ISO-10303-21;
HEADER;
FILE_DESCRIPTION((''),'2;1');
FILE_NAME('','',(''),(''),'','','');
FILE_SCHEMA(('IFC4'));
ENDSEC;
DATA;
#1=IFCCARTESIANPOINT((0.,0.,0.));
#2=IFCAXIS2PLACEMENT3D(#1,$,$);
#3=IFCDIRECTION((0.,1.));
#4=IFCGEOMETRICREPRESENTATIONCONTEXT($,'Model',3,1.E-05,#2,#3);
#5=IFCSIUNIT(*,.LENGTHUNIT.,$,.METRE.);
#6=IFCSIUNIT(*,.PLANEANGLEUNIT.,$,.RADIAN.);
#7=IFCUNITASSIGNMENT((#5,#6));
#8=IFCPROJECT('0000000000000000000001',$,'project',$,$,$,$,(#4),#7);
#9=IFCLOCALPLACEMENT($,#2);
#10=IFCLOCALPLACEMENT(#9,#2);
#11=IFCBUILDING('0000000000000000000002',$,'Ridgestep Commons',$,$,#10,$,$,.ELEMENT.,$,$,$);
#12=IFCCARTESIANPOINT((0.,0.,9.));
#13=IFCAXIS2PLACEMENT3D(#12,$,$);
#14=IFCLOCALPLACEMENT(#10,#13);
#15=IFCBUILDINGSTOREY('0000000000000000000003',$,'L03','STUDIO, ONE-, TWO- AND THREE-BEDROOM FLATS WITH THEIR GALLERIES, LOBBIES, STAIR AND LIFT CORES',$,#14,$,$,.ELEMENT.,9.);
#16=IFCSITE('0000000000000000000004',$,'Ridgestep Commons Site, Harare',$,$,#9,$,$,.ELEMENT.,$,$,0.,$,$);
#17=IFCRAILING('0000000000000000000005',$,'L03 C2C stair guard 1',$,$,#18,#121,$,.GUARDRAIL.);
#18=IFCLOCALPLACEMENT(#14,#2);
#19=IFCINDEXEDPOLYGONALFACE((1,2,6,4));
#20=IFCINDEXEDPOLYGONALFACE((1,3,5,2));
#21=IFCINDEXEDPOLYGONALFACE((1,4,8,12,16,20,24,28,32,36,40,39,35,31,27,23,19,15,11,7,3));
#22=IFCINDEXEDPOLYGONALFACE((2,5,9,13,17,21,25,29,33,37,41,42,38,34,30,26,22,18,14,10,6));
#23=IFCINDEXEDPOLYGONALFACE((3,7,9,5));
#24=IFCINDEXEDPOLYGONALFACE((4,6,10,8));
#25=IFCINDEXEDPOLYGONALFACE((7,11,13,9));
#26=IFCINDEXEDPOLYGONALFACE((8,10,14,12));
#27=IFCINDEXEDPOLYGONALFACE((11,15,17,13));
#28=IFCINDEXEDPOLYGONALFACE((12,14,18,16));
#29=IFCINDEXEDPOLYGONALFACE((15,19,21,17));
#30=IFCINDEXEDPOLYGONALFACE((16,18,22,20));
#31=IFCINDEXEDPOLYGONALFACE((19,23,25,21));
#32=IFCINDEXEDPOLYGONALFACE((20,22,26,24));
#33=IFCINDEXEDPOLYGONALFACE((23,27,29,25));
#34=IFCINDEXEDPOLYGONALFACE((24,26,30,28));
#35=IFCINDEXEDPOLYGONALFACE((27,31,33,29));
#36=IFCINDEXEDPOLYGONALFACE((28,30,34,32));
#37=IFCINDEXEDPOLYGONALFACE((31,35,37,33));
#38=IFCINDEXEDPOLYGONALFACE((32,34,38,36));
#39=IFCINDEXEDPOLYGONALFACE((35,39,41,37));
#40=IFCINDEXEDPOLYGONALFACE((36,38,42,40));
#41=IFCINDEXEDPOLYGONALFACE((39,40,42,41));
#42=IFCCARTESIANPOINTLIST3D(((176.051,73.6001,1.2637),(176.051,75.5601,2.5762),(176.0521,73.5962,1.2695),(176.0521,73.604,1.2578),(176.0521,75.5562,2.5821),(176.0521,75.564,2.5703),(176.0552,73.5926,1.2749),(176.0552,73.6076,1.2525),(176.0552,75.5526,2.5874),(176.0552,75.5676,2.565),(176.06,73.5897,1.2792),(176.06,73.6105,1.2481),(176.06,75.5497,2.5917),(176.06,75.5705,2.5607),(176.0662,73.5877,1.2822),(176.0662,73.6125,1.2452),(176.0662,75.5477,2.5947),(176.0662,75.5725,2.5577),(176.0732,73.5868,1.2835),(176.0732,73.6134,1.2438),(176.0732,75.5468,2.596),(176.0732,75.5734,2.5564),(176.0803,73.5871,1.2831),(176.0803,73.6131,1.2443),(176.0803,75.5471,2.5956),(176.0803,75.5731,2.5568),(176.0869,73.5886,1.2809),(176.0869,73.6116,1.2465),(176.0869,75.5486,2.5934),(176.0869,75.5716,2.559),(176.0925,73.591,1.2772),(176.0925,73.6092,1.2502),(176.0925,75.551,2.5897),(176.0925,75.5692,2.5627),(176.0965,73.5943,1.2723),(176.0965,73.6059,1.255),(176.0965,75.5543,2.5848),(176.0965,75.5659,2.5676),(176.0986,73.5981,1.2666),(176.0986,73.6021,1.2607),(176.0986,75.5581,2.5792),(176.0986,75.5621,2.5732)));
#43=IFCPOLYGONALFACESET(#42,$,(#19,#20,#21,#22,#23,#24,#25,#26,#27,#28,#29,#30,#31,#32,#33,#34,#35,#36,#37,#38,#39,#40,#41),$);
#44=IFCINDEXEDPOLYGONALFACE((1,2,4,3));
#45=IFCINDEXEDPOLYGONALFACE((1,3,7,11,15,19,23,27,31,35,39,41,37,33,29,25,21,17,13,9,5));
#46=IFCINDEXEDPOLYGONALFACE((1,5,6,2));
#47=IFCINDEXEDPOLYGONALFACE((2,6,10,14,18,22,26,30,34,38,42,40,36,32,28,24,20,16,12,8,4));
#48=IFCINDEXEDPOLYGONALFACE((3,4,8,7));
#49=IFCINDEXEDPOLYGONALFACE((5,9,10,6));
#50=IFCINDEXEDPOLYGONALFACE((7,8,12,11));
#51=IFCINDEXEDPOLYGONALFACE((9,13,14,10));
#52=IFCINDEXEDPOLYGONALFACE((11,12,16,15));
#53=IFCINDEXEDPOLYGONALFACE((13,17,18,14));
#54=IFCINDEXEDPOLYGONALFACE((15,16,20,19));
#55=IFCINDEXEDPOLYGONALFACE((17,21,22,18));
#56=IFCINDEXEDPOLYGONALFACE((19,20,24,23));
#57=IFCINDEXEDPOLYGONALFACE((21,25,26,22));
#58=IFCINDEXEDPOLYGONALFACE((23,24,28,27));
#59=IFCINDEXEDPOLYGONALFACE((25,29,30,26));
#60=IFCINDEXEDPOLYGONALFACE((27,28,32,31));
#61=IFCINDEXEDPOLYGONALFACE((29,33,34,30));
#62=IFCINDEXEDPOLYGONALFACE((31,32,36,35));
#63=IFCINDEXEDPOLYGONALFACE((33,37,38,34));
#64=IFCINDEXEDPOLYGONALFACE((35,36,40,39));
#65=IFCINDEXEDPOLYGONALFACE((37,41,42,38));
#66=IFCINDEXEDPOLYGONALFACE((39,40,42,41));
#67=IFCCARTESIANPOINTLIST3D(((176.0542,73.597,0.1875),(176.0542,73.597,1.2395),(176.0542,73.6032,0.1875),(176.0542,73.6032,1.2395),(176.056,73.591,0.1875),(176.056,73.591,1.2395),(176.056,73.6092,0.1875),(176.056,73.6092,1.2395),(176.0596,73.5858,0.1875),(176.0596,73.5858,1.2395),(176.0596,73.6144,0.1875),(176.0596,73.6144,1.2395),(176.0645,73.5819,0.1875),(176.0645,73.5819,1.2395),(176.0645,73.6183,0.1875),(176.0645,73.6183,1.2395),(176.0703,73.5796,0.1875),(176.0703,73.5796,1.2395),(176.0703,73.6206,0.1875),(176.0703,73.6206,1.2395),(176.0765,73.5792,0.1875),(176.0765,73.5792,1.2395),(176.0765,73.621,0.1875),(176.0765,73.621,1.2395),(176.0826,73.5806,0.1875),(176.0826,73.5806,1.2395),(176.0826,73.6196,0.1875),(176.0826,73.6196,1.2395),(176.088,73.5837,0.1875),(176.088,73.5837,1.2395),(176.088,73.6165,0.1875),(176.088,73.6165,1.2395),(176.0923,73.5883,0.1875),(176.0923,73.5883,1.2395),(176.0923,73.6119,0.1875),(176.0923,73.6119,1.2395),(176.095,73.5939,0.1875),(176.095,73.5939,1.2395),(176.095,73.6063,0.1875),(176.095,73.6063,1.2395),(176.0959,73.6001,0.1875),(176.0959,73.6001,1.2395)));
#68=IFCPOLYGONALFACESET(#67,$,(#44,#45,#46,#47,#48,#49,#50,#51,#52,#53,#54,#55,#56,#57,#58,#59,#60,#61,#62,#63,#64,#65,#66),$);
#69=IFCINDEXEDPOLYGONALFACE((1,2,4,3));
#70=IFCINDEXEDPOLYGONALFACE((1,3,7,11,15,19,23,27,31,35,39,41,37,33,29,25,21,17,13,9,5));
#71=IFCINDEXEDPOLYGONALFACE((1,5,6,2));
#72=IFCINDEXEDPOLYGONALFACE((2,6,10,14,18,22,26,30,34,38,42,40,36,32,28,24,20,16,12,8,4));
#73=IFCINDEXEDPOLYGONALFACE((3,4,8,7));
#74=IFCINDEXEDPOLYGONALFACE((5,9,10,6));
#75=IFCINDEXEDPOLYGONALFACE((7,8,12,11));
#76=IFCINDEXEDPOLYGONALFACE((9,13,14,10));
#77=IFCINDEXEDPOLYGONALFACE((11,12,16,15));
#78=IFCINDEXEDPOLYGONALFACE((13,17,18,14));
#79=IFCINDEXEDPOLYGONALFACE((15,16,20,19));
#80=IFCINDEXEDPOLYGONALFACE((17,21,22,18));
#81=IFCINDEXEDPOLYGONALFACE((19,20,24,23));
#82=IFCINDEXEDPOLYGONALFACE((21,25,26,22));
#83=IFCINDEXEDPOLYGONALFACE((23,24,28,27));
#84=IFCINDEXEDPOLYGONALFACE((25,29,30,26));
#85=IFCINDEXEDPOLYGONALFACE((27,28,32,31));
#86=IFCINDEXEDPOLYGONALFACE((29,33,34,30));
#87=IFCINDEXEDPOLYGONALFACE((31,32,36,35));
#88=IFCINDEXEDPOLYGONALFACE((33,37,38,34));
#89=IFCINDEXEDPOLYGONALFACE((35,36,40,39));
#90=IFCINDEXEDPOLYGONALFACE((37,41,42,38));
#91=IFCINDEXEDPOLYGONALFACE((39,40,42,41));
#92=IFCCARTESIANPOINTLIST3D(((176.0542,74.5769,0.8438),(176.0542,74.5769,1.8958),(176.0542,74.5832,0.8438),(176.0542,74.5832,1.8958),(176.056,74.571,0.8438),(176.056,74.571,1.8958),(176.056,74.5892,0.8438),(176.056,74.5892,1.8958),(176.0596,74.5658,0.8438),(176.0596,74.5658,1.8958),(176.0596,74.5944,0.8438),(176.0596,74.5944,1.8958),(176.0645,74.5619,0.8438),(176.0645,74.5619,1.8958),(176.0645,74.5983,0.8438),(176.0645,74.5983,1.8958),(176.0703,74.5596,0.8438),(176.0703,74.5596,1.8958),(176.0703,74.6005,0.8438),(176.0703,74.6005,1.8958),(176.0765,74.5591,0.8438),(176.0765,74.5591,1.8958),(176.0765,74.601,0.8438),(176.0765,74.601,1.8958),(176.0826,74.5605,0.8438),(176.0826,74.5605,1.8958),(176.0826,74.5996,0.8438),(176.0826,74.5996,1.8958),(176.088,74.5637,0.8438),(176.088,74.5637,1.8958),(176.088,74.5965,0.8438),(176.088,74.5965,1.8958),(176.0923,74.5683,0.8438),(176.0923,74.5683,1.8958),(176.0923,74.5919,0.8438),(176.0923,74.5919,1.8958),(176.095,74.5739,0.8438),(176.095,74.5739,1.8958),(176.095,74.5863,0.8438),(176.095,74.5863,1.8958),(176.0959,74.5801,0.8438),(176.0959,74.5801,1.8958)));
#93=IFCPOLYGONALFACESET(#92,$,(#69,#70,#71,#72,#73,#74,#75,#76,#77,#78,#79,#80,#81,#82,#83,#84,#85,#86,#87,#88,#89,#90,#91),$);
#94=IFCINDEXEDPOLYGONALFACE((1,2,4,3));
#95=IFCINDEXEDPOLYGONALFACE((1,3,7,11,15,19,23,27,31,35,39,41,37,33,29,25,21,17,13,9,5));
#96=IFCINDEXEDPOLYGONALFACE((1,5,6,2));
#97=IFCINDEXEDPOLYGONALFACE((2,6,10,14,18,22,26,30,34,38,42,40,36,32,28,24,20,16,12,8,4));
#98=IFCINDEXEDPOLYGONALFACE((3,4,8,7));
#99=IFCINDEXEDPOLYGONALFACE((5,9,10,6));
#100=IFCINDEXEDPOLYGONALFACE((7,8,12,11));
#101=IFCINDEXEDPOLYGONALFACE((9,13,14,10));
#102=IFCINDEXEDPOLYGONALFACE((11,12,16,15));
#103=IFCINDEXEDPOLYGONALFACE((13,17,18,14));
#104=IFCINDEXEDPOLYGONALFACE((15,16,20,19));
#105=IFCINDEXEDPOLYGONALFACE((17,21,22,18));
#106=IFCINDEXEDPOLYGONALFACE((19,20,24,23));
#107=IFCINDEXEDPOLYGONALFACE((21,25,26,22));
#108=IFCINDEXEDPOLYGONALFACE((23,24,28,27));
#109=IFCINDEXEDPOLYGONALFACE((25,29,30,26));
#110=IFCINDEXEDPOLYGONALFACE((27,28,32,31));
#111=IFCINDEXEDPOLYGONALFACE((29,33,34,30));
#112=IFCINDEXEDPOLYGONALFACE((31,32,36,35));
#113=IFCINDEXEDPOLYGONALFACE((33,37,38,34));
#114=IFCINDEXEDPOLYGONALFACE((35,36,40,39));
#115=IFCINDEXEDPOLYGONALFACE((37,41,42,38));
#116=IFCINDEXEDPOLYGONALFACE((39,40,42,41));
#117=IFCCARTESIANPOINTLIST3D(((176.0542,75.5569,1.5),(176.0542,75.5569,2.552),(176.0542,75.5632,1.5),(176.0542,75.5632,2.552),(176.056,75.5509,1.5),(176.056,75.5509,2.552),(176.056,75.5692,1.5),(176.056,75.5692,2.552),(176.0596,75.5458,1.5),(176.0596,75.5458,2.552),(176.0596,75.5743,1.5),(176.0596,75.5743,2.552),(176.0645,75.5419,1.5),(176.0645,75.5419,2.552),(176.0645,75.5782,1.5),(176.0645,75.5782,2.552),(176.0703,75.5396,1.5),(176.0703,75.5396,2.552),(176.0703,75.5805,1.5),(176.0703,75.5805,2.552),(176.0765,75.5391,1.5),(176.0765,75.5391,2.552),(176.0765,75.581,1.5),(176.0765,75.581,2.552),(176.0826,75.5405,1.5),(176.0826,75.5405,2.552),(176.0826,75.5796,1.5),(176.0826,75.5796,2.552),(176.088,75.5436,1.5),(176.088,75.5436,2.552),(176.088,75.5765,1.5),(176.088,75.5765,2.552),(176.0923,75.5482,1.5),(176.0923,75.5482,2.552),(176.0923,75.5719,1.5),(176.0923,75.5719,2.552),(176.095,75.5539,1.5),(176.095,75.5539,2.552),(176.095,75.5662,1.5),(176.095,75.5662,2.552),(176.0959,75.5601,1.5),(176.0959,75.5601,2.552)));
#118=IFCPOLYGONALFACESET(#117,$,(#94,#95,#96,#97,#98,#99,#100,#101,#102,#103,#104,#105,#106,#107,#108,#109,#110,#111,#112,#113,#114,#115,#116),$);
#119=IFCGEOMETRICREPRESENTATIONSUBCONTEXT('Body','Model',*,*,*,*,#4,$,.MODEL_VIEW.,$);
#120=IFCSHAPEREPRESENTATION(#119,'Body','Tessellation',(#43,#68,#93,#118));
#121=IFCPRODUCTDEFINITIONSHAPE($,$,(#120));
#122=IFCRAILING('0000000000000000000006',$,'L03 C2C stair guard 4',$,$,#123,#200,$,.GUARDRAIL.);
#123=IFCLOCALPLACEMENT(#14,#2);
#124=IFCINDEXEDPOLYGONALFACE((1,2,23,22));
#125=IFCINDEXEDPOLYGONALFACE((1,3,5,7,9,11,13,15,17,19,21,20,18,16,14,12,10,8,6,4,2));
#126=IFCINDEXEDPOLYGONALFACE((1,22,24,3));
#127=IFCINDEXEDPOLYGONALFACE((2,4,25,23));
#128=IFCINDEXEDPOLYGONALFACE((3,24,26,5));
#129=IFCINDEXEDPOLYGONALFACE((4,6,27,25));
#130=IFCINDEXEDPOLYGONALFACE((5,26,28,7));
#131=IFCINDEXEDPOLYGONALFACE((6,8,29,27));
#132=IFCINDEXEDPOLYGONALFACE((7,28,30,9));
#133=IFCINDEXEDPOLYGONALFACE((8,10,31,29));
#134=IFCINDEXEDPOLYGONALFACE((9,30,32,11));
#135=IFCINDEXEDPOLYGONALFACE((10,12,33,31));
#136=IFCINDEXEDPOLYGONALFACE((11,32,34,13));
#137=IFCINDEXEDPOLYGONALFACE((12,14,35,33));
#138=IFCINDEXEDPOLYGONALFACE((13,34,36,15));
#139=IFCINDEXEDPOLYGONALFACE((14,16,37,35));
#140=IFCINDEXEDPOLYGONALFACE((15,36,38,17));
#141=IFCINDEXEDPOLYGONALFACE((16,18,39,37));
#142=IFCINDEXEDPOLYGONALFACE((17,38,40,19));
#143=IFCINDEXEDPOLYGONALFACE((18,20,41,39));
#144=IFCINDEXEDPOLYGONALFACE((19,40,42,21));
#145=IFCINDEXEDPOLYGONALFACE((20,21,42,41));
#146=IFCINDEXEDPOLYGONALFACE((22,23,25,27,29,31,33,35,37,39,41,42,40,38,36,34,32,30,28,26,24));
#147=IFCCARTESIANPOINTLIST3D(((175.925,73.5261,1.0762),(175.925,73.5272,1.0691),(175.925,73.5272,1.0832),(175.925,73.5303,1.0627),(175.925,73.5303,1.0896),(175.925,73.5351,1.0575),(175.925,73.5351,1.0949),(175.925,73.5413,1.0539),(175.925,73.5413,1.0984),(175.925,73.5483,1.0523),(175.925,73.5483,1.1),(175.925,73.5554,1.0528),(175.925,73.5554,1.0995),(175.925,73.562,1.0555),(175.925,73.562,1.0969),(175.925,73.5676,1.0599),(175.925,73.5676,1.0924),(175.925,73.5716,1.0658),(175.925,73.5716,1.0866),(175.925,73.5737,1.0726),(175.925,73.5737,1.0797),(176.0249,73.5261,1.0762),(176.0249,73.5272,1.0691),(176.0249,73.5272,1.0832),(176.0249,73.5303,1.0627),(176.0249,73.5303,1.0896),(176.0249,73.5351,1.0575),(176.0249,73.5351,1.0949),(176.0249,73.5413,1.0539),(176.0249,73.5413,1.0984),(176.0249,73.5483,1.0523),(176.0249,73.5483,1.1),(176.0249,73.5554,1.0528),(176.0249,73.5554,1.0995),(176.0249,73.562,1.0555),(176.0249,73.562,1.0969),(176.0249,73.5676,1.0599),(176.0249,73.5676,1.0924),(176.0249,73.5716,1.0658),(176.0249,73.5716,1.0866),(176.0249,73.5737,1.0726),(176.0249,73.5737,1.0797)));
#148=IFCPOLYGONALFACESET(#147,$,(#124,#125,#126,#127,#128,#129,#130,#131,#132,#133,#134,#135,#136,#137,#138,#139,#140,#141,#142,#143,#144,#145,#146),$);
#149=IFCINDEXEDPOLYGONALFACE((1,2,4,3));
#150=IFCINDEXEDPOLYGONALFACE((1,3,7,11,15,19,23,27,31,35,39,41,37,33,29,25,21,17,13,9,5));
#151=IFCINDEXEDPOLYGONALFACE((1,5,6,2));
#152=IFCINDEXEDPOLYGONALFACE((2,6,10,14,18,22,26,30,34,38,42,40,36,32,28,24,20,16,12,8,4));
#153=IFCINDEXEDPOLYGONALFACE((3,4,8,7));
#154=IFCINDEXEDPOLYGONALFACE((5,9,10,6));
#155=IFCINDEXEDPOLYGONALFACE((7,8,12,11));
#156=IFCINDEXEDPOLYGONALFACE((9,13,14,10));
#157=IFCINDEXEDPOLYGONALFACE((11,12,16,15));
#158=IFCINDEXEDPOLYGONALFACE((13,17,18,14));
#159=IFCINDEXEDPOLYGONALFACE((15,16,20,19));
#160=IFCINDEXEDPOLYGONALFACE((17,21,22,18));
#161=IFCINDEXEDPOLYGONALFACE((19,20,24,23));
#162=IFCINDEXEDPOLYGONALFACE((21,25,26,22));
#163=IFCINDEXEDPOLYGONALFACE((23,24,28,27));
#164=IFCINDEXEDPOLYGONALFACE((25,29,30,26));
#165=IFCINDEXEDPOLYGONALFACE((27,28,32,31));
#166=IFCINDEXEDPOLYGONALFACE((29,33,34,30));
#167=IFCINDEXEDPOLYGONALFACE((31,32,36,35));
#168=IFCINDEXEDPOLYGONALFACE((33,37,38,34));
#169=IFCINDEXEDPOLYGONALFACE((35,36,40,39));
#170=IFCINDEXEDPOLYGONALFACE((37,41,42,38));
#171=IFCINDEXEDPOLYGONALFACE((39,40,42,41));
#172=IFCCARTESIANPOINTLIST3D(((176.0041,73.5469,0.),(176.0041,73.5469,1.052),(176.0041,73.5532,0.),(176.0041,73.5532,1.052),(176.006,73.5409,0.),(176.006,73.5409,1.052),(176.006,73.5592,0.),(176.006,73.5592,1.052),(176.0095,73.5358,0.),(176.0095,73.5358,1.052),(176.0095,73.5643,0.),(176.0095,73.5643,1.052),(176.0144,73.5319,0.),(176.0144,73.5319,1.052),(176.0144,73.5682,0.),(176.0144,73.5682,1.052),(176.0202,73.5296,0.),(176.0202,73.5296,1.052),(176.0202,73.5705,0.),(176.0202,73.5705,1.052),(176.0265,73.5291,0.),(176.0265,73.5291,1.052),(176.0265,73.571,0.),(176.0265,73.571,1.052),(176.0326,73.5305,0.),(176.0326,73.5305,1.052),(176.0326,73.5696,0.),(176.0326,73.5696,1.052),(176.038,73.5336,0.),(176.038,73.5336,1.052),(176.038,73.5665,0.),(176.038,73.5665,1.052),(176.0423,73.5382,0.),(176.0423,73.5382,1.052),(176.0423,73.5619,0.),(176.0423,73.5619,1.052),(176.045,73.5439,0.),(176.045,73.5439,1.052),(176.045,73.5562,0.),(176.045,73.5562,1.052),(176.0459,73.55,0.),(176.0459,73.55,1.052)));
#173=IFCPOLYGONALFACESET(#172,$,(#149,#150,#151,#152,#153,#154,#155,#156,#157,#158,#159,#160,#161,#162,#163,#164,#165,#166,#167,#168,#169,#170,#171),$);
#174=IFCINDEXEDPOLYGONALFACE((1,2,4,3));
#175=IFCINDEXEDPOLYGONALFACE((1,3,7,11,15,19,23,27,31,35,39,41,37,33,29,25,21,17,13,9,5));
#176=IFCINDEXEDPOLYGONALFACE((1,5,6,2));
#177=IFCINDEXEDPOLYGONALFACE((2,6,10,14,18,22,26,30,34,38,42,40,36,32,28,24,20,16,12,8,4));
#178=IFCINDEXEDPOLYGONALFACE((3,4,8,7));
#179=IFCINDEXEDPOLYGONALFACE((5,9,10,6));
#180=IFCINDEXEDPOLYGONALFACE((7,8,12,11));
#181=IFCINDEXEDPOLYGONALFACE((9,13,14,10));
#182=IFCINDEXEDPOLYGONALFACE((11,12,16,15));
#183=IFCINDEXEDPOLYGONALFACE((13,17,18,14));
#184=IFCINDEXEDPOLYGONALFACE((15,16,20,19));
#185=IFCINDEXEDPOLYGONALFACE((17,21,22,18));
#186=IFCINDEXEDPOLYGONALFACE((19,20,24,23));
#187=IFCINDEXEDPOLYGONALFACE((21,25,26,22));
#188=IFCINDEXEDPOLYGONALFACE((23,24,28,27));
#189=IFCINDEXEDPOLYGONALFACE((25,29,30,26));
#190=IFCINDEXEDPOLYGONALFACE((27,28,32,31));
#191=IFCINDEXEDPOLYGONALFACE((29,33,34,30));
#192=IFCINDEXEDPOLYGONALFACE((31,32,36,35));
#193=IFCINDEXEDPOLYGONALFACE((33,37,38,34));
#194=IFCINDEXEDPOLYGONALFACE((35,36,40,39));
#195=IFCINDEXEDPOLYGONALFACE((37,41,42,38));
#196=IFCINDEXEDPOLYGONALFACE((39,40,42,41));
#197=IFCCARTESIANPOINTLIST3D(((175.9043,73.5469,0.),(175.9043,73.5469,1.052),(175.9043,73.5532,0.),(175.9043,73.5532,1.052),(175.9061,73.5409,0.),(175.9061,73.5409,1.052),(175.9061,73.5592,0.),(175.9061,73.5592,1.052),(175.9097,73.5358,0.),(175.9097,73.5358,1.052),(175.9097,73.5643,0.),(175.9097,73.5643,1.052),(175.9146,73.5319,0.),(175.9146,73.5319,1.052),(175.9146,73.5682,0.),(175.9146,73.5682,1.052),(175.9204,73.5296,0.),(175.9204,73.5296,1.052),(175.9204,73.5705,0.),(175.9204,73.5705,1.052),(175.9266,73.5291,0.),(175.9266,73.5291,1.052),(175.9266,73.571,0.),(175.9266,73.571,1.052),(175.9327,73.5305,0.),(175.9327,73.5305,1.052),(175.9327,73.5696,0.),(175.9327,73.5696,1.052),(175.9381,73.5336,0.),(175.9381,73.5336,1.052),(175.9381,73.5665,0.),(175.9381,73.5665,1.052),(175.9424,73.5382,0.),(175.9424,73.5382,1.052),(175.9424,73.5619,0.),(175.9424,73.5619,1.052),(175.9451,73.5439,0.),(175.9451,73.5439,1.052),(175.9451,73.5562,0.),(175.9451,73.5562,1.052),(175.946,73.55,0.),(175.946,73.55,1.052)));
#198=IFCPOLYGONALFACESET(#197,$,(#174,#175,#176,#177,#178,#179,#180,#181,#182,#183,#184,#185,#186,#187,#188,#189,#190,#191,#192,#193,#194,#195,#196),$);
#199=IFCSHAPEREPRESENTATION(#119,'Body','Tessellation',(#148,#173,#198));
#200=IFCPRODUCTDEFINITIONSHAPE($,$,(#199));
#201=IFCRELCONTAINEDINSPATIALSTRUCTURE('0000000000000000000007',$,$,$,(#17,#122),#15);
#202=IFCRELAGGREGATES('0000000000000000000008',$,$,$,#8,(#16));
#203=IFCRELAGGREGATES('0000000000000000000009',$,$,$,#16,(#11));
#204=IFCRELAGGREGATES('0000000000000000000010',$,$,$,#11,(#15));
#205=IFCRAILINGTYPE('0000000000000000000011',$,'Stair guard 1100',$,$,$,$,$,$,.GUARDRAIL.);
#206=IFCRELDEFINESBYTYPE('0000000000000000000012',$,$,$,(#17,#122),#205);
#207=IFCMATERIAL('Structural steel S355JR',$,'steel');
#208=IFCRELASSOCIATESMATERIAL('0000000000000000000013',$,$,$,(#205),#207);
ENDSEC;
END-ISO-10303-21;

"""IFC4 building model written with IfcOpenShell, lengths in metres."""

from ifc_helpers import new_model, si_unit, direction, frame, origin, origin_2d, place, context, subcontext, project, spatial, circle, extrude, material, type_object, element, save


model = new_model("IFC4")

# Units and contexts
model_context = context("Model", 3, precision=1e-05, world=origin(), true_north=direction((0.0, 1.0)))
body_context = subcontext(model_context, "Body", "Model", "MODEL_VIEW")
ifc_project = project(units=[si_unit("LENGTHUNIT", "METRE"), si_unit("PLANEANGLEUNIT", "RADIAN")], contexts=[model_context])

# Site, building, storey
site_placement = place(None, origin())
site = spatial("IfcSite", under=ifc_project, at=site_placement, Name="Ridgestep Commons Site, Harare", CompositionType="ELEMENT", RefElevation=0.0)
building_placement = place(site_placement, origin())
building = spatial("IfcBuilding", under=site, at=building_placement, Name="Ridgestep Commons", CompositionType="ELEMENT")
storey_placement = place(building_placement, frame((0.0, 0.0, 9.0)))
storey = spatial("IfcBuildingStorey", under=building, at=storey_placement, Name="L03", Description="STUDIO, ONE-, TWO- AND THREE-BEDROOM FLATS WITH THEIR GALLERIES, LOBBIES, STAIR AND LIFT CORES", CompositionType="ELEMENT", Elevation=9.0)

# Railings
ifc_material_1 = material(Name="Structural steel S355JR", Category="steel")
railing_type_1 = type_object("IfcRailingType", Name="Stair guard 1100", PredefinedType="GUARDRAIL", material=ifc_material_1)
railing_1_placement = place(storey_placement, frame((176.075, 73.6001, 0.1875)))
element("IfcRailing", 1, at=railing_1_placement, inside=storey, type_object=railing_type_1, Name="L03 C2C stair guard 1", PredefinedType="GUARDRAIL", context=body_context, shape_type="SweptSolid", body=[
    extrude(circle(Radius=0.0239, at=origin_2d()), frame((0.0, 0.0, 1.0762), z_axis=(0.0, 0.830902, 0.556419), x_axis=(-1.0, 0.0, 0.0)), (0.0, 0.0, 1.0), 2.3589),
    extrude(circle(Radius=0.021, at=origin_2d()), origin(), (0.0, 0.0, 1.0), 1.052),
    extrude(circle(Radius=0.021, at=origin_2d()), frame((0.0, 0.98, 0.6562)), (0.0, 0.0, 1.0), 1.052),
    extrude(circle(Radius=0.021, at=origin_2d()), frame((0.0, 1.96, 1.3125)), (0.0, 0.0, 1.0), 1.052),
])
railing_2_placement = place(storey_placement, frame((176.0249, 73.55, 0.0)))
element("IfcRailing", 2, at=railing_2_placement, inside=storey, type_object=railing_type_1, Name="L03 C2C stair guard 4", PredefinedType="GUARDRAIL", context=body_context, shape_type="SweptSolid", body=[
    extrude(circle(Radius=0.0239, at=origin_2d()), frame((0.0, 0.0, 1.0762), z_axis=(-1.0, 0.0, 0.0), x_axis=(0.0, -1.0, 0.0)), (0.0, 0.0, 1.0), 0.0999),
    extrude(circle(Radius=0.021, at=origin_2d()), origin(), (0.0, 0.0, 1.0), 1.052),
    extrude(circle(Radius=0.021, at=origin_2d()), frame((-0.0999, 0.0, 0.0)), (0.0, 0.0, 1.0), 1.052),
])

save(model, "model.ifc")
